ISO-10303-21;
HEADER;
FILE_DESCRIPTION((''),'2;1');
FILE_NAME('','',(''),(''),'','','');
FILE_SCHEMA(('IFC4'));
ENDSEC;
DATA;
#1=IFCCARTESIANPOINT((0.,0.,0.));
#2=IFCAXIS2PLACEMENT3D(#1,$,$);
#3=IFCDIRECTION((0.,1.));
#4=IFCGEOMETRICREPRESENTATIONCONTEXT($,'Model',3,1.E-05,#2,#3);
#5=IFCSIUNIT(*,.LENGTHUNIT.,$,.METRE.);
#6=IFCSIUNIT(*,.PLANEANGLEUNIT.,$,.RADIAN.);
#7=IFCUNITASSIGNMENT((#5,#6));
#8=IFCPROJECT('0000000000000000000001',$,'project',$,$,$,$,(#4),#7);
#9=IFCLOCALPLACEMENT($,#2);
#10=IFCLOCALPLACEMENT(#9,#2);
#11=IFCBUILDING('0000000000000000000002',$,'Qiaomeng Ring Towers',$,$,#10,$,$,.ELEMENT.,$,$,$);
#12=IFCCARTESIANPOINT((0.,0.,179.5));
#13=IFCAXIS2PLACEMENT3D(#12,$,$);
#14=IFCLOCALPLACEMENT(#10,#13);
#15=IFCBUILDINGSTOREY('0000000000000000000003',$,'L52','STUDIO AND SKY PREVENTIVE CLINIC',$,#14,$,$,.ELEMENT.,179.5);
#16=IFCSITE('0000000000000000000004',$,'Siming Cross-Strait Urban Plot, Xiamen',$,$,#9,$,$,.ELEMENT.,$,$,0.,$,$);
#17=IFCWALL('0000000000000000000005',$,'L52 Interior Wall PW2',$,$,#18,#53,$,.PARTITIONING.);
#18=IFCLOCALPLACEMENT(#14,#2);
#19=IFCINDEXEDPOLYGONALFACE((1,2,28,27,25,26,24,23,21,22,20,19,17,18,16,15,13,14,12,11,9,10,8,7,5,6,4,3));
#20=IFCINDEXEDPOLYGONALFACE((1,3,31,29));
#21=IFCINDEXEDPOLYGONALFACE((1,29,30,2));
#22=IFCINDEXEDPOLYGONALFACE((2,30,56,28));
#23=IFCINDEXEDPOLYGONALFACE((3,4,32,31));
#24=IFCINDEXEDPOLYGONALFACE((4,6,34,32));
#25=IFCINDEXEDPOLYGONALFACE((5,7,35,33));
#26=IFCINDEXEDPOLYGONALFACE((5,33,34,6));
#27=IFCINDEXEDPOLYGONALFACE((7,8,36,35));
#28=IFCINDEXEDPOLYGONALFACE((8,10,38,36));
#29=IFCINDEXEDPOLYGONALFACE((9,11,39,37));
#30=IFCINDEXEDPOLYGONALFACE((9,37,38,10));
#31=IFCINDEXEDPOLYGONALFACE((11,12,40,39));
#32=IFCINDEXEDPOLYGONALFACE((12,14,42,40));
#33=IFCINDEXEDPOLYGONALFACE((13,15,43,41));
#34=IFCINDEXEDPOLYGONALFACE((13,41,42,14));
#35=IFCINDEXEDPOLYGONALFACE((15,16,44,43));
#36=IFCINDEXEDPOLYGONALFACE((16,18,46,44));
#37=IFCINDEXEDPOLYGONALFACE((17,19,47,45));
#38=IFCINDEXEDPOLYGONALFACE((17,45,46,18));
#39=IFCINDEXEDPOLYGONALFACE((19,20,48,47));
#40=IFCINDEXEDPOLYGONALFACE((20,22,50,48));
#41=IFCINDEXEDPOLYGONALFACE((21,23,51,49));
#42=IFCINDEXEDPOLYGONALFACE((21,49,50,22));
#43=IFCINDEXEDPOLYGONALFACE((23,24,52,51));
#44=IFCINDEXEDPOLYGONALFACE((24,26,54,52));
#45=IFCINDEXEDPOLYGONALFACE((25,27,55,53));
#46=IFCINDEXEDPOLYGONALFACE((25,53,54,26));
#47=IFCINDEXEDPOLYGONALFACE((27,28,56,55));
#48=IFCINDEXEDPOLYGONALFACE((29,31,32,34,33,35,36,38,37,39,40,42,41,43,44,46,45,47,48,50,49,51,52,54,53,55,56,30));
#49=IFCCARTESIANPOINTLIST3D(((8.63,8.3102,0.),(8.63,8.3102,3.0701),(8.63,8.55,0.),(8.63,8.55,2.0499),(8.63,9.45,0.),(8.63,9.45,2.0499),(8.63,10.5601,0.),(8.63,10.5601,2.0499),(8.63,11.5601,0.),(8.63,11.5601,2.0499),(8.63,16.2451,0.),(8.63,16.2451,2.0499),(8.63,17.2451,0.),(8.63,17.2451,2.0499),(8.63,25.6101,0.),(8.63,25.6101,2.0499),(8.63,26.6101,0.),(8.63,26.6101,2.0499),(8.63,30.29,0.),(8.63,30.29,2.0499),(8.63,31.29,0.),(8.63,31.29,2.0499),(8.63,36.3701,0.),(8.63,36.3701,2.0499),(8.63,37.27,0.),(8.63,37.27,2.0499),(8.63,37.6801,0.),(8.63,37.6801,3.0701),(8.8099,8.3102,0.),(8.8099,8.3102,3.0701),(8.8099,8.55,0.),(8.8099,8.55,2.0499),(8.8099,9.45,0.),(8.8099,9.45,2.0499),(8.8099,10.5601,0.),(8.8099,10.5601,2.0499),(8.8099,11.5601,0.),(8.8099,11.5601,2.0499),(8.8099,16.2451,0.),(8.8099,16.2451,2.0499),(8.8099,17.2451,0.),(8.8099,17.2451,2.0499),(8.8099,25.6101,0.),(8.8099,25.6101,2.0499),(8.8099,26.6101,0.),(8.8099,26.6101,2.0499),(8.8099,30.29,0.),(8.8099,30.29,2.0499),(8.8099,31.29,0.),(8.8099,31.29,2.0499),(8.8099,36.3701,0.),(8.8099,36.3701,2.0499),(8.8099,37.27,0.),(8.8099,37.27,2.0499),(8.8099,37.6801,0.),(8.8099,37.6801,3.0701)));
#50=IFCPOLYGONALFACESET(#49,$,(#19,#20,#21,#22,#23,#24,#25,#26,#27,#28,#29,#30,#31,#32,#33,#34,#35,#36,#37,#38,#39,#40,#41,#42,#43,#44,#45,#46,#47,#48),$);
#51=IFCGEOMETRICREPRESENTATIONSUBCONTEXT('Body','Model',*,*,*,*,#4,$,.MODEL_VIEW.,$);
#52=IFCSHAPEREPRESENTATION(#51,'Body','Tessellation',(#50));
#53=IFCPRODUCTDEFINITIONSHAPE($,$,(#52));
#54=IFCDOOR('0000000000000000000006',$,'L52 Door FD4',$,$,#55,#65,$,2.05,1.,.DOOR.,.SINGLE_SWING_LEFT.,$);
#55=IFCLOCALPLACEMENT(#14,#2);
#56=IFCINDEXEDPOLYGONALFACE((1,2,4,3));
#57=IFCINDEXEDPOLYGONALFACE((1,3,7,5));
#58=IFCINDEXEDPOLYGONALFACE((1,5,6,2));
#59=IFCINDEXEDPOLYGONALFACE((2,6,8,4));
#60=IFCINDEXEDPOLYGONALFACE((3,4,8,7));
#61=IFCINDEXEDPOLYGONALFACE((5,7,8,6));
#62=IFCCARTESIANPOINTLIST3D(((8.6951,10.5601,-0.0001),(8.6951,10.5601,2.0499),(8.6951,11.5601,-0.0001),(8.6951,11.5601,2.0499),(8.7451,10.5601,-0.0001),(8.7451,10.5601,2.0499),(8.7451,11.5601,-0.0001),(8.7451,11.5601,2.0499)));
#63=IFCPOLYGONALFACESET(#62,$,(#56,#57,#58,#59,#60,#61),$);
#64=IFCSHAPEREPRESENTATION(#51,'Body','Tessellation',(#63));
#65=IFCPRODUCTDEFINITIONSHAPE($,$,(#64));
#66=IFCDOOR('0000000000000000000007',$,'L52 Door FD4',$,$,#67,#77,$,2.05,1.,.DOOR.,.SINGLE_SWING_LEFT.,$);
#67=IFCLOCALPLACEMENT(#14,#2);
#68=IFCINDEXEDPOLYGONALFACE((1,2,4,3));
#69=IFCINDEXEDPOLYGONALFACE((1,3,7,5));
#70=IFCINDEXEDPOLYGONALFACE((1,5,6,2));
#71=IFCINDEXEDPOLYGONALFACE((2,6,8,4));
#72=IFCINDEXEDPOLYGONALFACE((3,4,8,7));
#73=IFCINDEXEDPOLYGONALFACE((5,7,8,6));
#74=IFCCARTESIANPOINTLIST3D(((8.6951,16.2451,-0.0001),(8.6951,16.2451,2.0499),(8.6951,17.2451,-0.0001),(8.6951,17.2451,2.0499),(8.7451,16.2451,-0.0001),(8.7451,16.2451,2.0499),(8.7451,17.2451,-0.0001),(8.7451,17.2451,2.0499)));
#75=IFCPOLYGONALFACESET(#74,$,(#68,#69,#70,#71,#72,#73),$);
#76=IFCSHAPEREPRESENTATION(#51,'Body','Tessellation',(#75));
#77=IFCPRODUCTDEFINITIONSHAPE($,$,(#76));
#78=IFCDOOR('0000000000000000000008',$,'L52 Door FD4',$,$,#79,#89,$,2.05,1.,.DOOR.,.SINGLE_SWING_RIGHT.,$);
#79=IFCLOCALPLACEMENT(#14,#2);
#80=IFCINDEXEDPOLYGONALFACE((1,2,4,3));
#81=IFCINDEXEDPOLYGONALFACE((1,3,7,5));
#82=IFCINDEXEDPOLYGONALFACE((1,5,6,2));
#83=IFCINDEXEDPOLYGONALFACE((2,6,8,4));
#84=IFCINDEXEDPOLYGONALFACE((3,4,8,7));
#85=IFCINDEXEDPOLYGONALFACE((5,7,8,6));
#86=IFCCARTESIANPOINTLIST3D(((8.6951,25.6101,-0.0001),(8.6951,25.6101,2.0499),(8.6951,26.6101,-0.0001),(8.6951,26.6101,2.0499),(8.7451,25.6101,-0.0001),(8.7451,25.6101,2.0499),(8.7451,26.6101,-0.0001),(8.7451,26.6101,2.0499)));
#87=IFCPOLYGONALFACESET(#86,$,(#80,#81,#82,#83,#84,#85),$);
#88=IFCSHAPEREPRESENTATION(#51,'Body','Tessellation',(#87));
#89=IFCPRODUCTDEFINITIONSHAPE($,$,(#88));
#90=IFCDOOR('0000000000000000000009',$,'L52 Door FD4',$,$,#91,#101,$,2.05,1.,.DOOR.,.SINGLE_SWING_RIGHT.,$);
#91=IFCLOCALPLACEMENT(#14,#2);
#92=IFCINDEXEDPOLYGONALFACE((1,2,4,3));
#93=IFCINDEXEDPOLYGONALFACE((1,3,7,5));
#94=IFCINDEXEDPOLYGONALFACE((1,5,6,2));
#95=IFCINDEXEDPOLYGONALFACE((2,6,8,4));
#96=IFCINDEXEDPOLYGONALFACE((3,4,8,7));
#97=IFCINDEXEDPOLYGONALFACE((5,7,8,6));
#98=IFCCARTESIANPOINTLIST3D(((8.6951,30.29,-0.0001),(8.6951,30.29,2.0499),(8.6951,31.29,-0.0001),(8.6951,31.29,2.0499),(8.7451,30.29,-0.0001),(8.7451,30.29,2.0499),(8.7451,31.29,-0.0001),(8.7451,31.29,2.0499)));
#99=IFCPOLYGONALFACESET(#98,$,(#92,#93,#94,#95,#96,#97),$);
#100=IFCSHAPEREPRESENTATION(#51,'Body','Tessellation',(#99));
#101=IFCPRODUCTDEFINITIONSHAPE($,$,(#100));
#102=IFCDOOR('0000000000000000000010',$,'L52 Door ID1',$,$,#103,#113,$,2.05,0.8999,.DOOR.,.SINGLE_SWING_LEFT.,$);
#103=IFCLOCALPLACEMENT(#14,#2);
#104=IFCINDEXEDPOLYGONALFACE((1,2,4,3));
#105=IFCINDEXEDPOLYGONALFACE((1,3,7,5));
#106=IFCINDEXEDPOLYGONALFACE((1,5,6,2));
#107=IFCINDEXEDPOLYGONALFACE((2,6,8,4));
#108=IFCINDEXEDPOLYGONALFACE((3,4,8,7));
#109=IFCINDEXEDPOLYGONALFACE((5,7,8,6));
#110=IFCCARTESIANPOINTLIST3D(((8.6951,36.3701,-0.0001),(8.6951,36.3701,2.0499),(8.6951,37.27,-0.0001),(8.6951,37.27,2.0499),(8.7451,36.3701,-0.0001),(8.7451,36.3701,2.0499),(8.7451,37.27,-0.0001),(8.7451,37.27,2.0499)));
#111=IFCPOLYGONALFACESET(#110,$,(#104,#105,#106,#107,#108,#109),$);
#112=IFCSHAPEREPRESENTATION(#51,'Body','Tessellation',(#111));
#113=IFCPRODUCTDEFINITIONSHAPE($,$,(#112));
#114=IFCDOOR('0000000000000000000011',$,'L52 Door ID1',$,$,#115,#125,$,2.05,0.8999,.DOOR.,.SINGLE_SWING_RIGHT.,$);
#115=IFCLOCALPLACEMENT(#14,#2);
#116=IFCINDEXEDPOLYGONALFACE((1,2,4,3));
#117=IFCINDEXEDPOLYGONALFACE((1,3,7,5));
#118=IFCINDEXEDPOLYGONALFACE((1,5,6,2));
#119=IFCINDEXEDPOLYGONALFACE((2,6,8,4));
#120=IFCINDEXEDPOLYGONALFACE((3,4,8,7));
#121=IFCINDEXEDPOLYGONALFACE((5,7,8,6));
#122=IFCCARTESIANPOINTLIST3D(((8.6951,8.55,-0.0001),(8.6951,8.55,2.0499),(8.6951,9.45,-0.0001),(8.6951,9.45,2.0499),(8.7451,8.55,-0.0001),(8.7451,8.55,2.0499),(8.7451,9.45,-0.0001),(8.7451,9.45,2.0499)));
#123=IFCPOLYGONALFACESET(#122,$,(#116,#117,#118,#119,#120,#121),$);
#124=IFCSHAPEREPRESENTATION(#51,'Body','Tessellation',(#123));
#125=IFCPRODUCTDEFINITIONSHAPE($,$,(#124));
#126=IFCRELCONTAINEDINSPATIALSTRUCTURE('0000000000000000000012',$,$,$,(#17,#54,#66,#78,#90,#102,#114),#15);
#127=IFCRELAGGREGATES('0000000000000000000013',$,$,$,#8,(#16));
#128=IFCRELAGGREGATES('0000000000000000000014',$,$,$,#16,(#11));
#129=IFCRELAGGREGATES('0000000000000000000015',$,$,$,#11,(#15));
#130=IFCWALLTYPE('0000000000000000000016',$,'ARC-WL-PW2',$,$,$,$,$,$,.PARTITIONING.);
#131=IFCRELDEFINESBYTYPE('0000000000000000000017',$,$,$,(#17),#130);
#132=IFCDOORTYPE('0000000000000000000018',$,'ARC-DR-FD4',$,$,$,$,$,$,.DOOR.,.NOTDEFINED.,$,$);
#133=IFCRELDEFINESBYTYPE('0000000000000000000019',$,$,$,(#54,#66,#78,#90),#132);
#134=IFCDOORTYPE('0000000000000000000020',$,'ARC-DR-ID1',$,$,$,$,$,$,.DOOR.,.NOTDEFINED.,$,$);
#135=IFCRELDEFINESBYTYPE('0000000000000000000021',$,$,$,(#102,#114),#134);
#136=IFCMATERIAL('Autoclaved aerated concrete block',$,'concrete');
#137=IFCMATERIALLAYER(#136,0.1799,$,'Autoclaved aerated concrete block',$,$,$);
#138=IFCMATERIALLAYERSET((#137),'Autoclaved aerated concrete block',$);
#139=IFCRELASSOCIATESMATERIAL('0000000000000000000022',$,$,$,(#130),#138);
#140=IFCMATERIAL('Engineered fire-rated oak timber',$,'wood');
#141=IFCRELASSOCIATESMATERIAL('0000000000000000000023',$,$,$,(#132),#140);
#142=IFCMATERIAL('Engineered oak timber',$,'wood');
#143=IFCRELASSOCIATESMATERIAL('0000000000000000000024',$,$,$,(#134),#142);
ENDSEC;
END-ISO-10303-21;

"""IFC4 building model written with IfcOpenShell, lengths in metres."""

from ifc_helpers import new_model, si_unit, direction, frame, frame_2d, origin, place, context, subcontext, project, spatial, rectangle, extrude, source, transform, mapped, material, layer, layer_set, type_object, element, fill, save


model = new_model("IFC4")

# Units and contexts
model_context = context("Model", 3, precision=1e-05, world=origin(), true_north=direction((0.0, 1.0)))
body_context = subcontext(model_context, "Body", "Model", "MODEL_VIEW")
ifc_project = project(units=[si_unit("LENGTHUNIT", "METRE"), si_unit("PLANEANGLEUNIT", "RADIAN")], contexts=[model_context])

# Site, building, storey
site_placement = place(None, origin())
site = spatial("IfcSite", under=ifc_project, at=site_placement, Name="Siming Cross-Strait Urban Plot, Xiamen", CompositionType="ELEMENT", RefElevation=0.0)
building_placement = place(site_placement, origin())
building = spatial("IfcBuilding", under=site, at=building_placement, Name="Qiaomeng Ring Towers", CompositionType="ELEMENT")
storey_placement = place(building_placement, frame((0.0, 0.0, 179.5)))
storey = spatial("IfcBuildingStorey", under=building, at=storey_placement, Name="L52", Description="STUDIO AND SKY PREVENTIVE CLINIC", CompositionType="ELEMENT", Elevation=179.5)

# Wall, openings, doors
ifc_material_1 = material(Name="Autoclaved aerated concrete block", Category="concrete")
ifc_layer_1 = layer(ifc_material_1, 0.1799, Name="Autoclaved aerated concrete block")
ifc_layer_set_1 = layer_set([ifc_layer_1], Name="Autoclaved aerated concrete block")
wall_type_1 = type_object("IfcWallType", Name="ARC-WL-PW2", PredefinedType="PARTITIONING", material=ifc_layer_set_1)
ifc_material_2 = material(Name="Engineered fire-rated oak timber", Category="wood")
door_type_1 = type_object("IfcDoorType", Name="ARC-DR-FD4", OperationType="NOTDEFINED", PredefinedType="DOOR", material=ifc_material_2)
shared_shape_1 = source(origin(), body_context, "Body", "SweptSolid", [
    extrude(rectangle(XDim=1.0, YDim=2.05, at=frame_2d((0.5, 1.0249))), frame((0.0, 0.0249, 0.0), z_axis=(0.0, -1.0, 0.0), x_axis=(1.0, 0.0, 0.0)), (0.0, 0.0, 1.0), 0.05),
])
wall_1_placement = place(storey_placement, frame((8.72, 8.3101, 0.0), z_axis=(0.0, 0.0, 1.0), x_axis=(0.0, 1.0, 0.0)))
wall_1 = element("IfcWall", 1, at=wall_1_placement, inside=storey, type_object=wall_type_1, Name="L52 Interior Wall PW2", PredefinedType="PARTITIONING", context=body_context, shape_type="SweptSolid", body=[
    extrude(rectangle(XDim=29.3699, YDim=0.1799, at=frame_2d((14.6851, 0.0))), origin(), (0.0, 0.0, 1.0), 3.0701),
])
opening_1_placement = place(wall_1_placement, frame((28.0601, 0.0, 0.0)))
opening_1 = element("IfcOpeningElement", 2, at=opening_1_placement, cuts=wall_1, PredefinedType="OPENING", context=body_context, shape_type="SweptSolid", body=[
    extrude(rectangle(XDim=0.8999, YDim=2.05, at=frame_2d((0.45, 1.0249))), frame((0.0, 0.0999, 0.0), z_axis=(0.0, -1.0, 0.0), x_axis=(1.0, 0.0, 0.0)), (0.0, 0.0, 1.0), 0.2),
])
opening_2_placement = place(wall_1_placement, frame((0.24, 0.0, 0.0)))
opening_2 = element("IfcOpeningElement", 3, at=opening_2_placement, cuts=wall_1, PredefinedType="OPENING", context=body_context, shape_type="SweptSolid", body=[
    extrude(rectangle(XDim=0.8999, YDim=2.05, at=frame_2d((0.45, 1.0249))), frame((0.0, 0.0999, 0.0), z_axis=(0.0, -1.0, 0.0), x_axis=(1.0, 0.0, 0.0)), (0.0, 0.0, 1.0), 0.2),
])
opening_3_placement = place(wall_1_placement, frame((2.25, 0.0, 0.0)))
opening_3 = element("IfcOpeningElement", 4, at=opening_3_placement, cuts=wall_1, PredefinedType="OPENING", context=body_context, shape_type="SweptSolid", body=[
    extrude(rectangle(XDim=1.0, YDim=2.05, at=frame_2d((0.5, 1.0249))), frame((0.0, 0.0999, 0.0), z_axis=(0.0, -1.0, 0.0), x_axis=(1.0, 0.0, 0.0)), (0.0, 0.0, 1.0), 0.2),
])
opening_4_placement = place(wall_1_placement, frame((7.9351, 0.0, 0.0)))
opening_4 = element("IfcOpeningElement", 5, at=opening_4_placement, cuts=wall_1, PredefinedType="OPENING", context=body_context, shape_type="SweptSolid", body=[
    extrude(rectangle(XDim=1.0, YDim=2.05, at=frame_2d((0.5, 1.0249))), frame((0.0, 0.0999, 0.0), z_axis=(0.0, -1.0, 0.0), x_axis=(1.0, 0.0, 0.0)), (0.0, 0.0, 1.0), 0.2),
])
opening_5_placement = place(wall_1_placement, frame((17.3, 0.0, 0.0)))
opening_5 = element("IfcOpeningElement", 6, at=opening_5_placement, cuts=wall_1, PredefinedType="OPENING", context=body_context, shape_type="SweptSolid", body=[
    extrude(rectangle(XDim=1.0, YDim=2.05, at=frame_2d((0.5, 1.0249))), frame((0.0, 0.0999, 0.0), z_axis=(0.0, -1.0, 0.0), x_axis=(1.0, 0.0, 0.0)), (0.0, 0.0, 1.0), 0.2),
])
opening_6_placement = place(wall_1_placement, frame((21.98, 0.0, 0.0)))
opening_6 = element("IfcOpeningElement", 7, at=opening_6_placement, cuts=wall_1, PredefinedType="OPENING", context=body_context, shape_type="SweptSolid", body=[
    extrude(rectangle(XDim=1.0, YDim=2.05, at=frame_2d((0.5, 1.0249))), frame((0.0, 0.0999, 0.0), z_axis=(0.0, -1.0, 0.0), x_axis=(1.0, 0.0, 0.0)), (0.0, 0.0, 1.0), 0.2),
])
door_1_placement = place(opening_3_placement, origin())
door_1 = element("IfcDoor", 8, at=door_1_placement, inside=storey, type_object=door_type_1, Name="L52 Door FD4", OperationType="SINGLE_SWING_LEFT", OverallHeight=2.05, OverallWidth=1.0, PredefinedType="DOOR", context=body_context, shape_type="MappedRepresentation", body=[
    mapped(shared_shape_1, transform((0.0, 0.0, 0.0), x_axis=(1.0, 0.0, 0.0), y_axis=(0.0, 1.0, 0.0), z_axis=(0.0, 0.0, 1.0), scale=1.0)),
])
fill(opening_3, door_1)
door_2_placement = place(opening_4_placement, origin())
door_2 = element("IfcDoor", 9, at=door_2_placement, inside=storey, type_object=door_type_1, Name="L52 Door FD4", OperationType="SINGLE_SWING_LEFT", OverallHeight=2.05, OverallWidth=1.0, PredefinedType="DOOR", context=body_context, shape_type="MappedRepresentation", body=[
    mapped(shared_shape_1, transform((0.0, 0.0, 0.0), x_axis=(1.0, 0.0, 0.0), y_axis=(0.0, 1.0, 0.0), z_axis=(0.0, 0.0, 1.0), scale=1.0)),
])
fill(opening_4, door_2)
door_3_placement = place(opening_5_placement, origin())
door_3 = element("IfcDoor", 10, at=door_3_placement, inside=storey, type_object=door_type_1, Name="L52 Door FD4", OperationType="SINGLE_SWING_RIGHT", OverallHeight=2.05, OverallWidth=1.0, PredefinedType="DOOR", context=body_context, shape_type="MappedRepresentation", body=[
    mapped(shared_shape_1, transform((0.0, 0.0, 0.0), x_axis=(1.0, 0.0, 0.0), y_axis=(0.0, 1.0, 0.0), z_axis=(0.0, 0.0, 1.0), scale=1.0)),
])
fill(opening_5, door_3)
door_4_placement = place(opening_6_placement, origin())
door_4 = element("IfcDoor", 11, at=door_4_placement, inside=storey, type_object=door_type_1, Name="L52 Door FD4", OperationType="SINGLE_SWING_RIGHT", OverallHeight=2.05, OverallWidth=1.0, PredefinedType="DOOR", context=body_context, shape_type="MappedRepresentation", body=[
    mapped(shared_shape_1, transform((0.0, 0.0, 0.0), x_axis=(1.0, 0.0, 0.0), y_axis=(0.0, 1.0, 0.0), z_axis=(0.0, 0.0, 1.0), scale=1.0)),
])
fill(opening_6, door_4)
ifc_material_3 = material(Name="Engineered oak timber", Category="wood")
door_type_2 = type_object("IfcDoorType", Name="ARC-DR-ID1", OperationType="NOTDEFINED", PredefinedType="DOOR", material=ifc_material_3)
shared_shape_2 = source(origin(), body_context, "Body", "SweptSolid", [
    extrude(rectangle(XDim=0.8999, YDim=2.05, at=frame_2d((0.45, 1.0249))), frame((0.0, 0.0249, 0.0), z_axis=(0.0, -1.0, 0.0), x_axis=(1.0, 0.0, 0.0)), (0.0, 0.0, 1.0), 0.05),
])
door_5_placement = place(opening_1_placement, origin())
door_5 = element("IfcDoor", 12, at=door_5_placement, inside=storey, type_object=door_type_2, Name="L52 Door ID1", OperationType="SINGLE_SWING_LEFT", OverallHeight=2.05, OverallWidth=0.8999, PredefinedType="DOOR", context=body_context, shape_type="MappedRepresentation", body=[
    mapped(shared_shape_2, transform((0.0, 0.0, 0.0), x_axis=(1.0, 0.0, 0.0), y_axis=(0.0, 1.0, 0.0), z_axis=(0.0, 0.0, 1.0), scale=1.0)),
])
fill(opening_1, door_5)
door_6_placement = place(opening_2_placement, origin())
door_6 = element("IfcDoor", 13, at=door_6_placement, inside=storey, type_object=door_type_2, Name="L52 Door ID1", OperationType="SINGLE_SWING_RIGHT", OverallHeight=2.05, OverallWidth=0.8999, PredefinedType="DOOR", context=body_context, shape_type="MappedRepresentation", body=[
    mapped(shared_shape_2, transform((0.0, 0.0, 0.0), x_axis=(1.0, 0.0, 0.0), y_axis=(0.0, 1.0, 0.0), z_axis=(0.0, 0.0, 1.0), scale=1.0)),
])
fill(opening_2, door_6)

save(model, "model.ifc")
